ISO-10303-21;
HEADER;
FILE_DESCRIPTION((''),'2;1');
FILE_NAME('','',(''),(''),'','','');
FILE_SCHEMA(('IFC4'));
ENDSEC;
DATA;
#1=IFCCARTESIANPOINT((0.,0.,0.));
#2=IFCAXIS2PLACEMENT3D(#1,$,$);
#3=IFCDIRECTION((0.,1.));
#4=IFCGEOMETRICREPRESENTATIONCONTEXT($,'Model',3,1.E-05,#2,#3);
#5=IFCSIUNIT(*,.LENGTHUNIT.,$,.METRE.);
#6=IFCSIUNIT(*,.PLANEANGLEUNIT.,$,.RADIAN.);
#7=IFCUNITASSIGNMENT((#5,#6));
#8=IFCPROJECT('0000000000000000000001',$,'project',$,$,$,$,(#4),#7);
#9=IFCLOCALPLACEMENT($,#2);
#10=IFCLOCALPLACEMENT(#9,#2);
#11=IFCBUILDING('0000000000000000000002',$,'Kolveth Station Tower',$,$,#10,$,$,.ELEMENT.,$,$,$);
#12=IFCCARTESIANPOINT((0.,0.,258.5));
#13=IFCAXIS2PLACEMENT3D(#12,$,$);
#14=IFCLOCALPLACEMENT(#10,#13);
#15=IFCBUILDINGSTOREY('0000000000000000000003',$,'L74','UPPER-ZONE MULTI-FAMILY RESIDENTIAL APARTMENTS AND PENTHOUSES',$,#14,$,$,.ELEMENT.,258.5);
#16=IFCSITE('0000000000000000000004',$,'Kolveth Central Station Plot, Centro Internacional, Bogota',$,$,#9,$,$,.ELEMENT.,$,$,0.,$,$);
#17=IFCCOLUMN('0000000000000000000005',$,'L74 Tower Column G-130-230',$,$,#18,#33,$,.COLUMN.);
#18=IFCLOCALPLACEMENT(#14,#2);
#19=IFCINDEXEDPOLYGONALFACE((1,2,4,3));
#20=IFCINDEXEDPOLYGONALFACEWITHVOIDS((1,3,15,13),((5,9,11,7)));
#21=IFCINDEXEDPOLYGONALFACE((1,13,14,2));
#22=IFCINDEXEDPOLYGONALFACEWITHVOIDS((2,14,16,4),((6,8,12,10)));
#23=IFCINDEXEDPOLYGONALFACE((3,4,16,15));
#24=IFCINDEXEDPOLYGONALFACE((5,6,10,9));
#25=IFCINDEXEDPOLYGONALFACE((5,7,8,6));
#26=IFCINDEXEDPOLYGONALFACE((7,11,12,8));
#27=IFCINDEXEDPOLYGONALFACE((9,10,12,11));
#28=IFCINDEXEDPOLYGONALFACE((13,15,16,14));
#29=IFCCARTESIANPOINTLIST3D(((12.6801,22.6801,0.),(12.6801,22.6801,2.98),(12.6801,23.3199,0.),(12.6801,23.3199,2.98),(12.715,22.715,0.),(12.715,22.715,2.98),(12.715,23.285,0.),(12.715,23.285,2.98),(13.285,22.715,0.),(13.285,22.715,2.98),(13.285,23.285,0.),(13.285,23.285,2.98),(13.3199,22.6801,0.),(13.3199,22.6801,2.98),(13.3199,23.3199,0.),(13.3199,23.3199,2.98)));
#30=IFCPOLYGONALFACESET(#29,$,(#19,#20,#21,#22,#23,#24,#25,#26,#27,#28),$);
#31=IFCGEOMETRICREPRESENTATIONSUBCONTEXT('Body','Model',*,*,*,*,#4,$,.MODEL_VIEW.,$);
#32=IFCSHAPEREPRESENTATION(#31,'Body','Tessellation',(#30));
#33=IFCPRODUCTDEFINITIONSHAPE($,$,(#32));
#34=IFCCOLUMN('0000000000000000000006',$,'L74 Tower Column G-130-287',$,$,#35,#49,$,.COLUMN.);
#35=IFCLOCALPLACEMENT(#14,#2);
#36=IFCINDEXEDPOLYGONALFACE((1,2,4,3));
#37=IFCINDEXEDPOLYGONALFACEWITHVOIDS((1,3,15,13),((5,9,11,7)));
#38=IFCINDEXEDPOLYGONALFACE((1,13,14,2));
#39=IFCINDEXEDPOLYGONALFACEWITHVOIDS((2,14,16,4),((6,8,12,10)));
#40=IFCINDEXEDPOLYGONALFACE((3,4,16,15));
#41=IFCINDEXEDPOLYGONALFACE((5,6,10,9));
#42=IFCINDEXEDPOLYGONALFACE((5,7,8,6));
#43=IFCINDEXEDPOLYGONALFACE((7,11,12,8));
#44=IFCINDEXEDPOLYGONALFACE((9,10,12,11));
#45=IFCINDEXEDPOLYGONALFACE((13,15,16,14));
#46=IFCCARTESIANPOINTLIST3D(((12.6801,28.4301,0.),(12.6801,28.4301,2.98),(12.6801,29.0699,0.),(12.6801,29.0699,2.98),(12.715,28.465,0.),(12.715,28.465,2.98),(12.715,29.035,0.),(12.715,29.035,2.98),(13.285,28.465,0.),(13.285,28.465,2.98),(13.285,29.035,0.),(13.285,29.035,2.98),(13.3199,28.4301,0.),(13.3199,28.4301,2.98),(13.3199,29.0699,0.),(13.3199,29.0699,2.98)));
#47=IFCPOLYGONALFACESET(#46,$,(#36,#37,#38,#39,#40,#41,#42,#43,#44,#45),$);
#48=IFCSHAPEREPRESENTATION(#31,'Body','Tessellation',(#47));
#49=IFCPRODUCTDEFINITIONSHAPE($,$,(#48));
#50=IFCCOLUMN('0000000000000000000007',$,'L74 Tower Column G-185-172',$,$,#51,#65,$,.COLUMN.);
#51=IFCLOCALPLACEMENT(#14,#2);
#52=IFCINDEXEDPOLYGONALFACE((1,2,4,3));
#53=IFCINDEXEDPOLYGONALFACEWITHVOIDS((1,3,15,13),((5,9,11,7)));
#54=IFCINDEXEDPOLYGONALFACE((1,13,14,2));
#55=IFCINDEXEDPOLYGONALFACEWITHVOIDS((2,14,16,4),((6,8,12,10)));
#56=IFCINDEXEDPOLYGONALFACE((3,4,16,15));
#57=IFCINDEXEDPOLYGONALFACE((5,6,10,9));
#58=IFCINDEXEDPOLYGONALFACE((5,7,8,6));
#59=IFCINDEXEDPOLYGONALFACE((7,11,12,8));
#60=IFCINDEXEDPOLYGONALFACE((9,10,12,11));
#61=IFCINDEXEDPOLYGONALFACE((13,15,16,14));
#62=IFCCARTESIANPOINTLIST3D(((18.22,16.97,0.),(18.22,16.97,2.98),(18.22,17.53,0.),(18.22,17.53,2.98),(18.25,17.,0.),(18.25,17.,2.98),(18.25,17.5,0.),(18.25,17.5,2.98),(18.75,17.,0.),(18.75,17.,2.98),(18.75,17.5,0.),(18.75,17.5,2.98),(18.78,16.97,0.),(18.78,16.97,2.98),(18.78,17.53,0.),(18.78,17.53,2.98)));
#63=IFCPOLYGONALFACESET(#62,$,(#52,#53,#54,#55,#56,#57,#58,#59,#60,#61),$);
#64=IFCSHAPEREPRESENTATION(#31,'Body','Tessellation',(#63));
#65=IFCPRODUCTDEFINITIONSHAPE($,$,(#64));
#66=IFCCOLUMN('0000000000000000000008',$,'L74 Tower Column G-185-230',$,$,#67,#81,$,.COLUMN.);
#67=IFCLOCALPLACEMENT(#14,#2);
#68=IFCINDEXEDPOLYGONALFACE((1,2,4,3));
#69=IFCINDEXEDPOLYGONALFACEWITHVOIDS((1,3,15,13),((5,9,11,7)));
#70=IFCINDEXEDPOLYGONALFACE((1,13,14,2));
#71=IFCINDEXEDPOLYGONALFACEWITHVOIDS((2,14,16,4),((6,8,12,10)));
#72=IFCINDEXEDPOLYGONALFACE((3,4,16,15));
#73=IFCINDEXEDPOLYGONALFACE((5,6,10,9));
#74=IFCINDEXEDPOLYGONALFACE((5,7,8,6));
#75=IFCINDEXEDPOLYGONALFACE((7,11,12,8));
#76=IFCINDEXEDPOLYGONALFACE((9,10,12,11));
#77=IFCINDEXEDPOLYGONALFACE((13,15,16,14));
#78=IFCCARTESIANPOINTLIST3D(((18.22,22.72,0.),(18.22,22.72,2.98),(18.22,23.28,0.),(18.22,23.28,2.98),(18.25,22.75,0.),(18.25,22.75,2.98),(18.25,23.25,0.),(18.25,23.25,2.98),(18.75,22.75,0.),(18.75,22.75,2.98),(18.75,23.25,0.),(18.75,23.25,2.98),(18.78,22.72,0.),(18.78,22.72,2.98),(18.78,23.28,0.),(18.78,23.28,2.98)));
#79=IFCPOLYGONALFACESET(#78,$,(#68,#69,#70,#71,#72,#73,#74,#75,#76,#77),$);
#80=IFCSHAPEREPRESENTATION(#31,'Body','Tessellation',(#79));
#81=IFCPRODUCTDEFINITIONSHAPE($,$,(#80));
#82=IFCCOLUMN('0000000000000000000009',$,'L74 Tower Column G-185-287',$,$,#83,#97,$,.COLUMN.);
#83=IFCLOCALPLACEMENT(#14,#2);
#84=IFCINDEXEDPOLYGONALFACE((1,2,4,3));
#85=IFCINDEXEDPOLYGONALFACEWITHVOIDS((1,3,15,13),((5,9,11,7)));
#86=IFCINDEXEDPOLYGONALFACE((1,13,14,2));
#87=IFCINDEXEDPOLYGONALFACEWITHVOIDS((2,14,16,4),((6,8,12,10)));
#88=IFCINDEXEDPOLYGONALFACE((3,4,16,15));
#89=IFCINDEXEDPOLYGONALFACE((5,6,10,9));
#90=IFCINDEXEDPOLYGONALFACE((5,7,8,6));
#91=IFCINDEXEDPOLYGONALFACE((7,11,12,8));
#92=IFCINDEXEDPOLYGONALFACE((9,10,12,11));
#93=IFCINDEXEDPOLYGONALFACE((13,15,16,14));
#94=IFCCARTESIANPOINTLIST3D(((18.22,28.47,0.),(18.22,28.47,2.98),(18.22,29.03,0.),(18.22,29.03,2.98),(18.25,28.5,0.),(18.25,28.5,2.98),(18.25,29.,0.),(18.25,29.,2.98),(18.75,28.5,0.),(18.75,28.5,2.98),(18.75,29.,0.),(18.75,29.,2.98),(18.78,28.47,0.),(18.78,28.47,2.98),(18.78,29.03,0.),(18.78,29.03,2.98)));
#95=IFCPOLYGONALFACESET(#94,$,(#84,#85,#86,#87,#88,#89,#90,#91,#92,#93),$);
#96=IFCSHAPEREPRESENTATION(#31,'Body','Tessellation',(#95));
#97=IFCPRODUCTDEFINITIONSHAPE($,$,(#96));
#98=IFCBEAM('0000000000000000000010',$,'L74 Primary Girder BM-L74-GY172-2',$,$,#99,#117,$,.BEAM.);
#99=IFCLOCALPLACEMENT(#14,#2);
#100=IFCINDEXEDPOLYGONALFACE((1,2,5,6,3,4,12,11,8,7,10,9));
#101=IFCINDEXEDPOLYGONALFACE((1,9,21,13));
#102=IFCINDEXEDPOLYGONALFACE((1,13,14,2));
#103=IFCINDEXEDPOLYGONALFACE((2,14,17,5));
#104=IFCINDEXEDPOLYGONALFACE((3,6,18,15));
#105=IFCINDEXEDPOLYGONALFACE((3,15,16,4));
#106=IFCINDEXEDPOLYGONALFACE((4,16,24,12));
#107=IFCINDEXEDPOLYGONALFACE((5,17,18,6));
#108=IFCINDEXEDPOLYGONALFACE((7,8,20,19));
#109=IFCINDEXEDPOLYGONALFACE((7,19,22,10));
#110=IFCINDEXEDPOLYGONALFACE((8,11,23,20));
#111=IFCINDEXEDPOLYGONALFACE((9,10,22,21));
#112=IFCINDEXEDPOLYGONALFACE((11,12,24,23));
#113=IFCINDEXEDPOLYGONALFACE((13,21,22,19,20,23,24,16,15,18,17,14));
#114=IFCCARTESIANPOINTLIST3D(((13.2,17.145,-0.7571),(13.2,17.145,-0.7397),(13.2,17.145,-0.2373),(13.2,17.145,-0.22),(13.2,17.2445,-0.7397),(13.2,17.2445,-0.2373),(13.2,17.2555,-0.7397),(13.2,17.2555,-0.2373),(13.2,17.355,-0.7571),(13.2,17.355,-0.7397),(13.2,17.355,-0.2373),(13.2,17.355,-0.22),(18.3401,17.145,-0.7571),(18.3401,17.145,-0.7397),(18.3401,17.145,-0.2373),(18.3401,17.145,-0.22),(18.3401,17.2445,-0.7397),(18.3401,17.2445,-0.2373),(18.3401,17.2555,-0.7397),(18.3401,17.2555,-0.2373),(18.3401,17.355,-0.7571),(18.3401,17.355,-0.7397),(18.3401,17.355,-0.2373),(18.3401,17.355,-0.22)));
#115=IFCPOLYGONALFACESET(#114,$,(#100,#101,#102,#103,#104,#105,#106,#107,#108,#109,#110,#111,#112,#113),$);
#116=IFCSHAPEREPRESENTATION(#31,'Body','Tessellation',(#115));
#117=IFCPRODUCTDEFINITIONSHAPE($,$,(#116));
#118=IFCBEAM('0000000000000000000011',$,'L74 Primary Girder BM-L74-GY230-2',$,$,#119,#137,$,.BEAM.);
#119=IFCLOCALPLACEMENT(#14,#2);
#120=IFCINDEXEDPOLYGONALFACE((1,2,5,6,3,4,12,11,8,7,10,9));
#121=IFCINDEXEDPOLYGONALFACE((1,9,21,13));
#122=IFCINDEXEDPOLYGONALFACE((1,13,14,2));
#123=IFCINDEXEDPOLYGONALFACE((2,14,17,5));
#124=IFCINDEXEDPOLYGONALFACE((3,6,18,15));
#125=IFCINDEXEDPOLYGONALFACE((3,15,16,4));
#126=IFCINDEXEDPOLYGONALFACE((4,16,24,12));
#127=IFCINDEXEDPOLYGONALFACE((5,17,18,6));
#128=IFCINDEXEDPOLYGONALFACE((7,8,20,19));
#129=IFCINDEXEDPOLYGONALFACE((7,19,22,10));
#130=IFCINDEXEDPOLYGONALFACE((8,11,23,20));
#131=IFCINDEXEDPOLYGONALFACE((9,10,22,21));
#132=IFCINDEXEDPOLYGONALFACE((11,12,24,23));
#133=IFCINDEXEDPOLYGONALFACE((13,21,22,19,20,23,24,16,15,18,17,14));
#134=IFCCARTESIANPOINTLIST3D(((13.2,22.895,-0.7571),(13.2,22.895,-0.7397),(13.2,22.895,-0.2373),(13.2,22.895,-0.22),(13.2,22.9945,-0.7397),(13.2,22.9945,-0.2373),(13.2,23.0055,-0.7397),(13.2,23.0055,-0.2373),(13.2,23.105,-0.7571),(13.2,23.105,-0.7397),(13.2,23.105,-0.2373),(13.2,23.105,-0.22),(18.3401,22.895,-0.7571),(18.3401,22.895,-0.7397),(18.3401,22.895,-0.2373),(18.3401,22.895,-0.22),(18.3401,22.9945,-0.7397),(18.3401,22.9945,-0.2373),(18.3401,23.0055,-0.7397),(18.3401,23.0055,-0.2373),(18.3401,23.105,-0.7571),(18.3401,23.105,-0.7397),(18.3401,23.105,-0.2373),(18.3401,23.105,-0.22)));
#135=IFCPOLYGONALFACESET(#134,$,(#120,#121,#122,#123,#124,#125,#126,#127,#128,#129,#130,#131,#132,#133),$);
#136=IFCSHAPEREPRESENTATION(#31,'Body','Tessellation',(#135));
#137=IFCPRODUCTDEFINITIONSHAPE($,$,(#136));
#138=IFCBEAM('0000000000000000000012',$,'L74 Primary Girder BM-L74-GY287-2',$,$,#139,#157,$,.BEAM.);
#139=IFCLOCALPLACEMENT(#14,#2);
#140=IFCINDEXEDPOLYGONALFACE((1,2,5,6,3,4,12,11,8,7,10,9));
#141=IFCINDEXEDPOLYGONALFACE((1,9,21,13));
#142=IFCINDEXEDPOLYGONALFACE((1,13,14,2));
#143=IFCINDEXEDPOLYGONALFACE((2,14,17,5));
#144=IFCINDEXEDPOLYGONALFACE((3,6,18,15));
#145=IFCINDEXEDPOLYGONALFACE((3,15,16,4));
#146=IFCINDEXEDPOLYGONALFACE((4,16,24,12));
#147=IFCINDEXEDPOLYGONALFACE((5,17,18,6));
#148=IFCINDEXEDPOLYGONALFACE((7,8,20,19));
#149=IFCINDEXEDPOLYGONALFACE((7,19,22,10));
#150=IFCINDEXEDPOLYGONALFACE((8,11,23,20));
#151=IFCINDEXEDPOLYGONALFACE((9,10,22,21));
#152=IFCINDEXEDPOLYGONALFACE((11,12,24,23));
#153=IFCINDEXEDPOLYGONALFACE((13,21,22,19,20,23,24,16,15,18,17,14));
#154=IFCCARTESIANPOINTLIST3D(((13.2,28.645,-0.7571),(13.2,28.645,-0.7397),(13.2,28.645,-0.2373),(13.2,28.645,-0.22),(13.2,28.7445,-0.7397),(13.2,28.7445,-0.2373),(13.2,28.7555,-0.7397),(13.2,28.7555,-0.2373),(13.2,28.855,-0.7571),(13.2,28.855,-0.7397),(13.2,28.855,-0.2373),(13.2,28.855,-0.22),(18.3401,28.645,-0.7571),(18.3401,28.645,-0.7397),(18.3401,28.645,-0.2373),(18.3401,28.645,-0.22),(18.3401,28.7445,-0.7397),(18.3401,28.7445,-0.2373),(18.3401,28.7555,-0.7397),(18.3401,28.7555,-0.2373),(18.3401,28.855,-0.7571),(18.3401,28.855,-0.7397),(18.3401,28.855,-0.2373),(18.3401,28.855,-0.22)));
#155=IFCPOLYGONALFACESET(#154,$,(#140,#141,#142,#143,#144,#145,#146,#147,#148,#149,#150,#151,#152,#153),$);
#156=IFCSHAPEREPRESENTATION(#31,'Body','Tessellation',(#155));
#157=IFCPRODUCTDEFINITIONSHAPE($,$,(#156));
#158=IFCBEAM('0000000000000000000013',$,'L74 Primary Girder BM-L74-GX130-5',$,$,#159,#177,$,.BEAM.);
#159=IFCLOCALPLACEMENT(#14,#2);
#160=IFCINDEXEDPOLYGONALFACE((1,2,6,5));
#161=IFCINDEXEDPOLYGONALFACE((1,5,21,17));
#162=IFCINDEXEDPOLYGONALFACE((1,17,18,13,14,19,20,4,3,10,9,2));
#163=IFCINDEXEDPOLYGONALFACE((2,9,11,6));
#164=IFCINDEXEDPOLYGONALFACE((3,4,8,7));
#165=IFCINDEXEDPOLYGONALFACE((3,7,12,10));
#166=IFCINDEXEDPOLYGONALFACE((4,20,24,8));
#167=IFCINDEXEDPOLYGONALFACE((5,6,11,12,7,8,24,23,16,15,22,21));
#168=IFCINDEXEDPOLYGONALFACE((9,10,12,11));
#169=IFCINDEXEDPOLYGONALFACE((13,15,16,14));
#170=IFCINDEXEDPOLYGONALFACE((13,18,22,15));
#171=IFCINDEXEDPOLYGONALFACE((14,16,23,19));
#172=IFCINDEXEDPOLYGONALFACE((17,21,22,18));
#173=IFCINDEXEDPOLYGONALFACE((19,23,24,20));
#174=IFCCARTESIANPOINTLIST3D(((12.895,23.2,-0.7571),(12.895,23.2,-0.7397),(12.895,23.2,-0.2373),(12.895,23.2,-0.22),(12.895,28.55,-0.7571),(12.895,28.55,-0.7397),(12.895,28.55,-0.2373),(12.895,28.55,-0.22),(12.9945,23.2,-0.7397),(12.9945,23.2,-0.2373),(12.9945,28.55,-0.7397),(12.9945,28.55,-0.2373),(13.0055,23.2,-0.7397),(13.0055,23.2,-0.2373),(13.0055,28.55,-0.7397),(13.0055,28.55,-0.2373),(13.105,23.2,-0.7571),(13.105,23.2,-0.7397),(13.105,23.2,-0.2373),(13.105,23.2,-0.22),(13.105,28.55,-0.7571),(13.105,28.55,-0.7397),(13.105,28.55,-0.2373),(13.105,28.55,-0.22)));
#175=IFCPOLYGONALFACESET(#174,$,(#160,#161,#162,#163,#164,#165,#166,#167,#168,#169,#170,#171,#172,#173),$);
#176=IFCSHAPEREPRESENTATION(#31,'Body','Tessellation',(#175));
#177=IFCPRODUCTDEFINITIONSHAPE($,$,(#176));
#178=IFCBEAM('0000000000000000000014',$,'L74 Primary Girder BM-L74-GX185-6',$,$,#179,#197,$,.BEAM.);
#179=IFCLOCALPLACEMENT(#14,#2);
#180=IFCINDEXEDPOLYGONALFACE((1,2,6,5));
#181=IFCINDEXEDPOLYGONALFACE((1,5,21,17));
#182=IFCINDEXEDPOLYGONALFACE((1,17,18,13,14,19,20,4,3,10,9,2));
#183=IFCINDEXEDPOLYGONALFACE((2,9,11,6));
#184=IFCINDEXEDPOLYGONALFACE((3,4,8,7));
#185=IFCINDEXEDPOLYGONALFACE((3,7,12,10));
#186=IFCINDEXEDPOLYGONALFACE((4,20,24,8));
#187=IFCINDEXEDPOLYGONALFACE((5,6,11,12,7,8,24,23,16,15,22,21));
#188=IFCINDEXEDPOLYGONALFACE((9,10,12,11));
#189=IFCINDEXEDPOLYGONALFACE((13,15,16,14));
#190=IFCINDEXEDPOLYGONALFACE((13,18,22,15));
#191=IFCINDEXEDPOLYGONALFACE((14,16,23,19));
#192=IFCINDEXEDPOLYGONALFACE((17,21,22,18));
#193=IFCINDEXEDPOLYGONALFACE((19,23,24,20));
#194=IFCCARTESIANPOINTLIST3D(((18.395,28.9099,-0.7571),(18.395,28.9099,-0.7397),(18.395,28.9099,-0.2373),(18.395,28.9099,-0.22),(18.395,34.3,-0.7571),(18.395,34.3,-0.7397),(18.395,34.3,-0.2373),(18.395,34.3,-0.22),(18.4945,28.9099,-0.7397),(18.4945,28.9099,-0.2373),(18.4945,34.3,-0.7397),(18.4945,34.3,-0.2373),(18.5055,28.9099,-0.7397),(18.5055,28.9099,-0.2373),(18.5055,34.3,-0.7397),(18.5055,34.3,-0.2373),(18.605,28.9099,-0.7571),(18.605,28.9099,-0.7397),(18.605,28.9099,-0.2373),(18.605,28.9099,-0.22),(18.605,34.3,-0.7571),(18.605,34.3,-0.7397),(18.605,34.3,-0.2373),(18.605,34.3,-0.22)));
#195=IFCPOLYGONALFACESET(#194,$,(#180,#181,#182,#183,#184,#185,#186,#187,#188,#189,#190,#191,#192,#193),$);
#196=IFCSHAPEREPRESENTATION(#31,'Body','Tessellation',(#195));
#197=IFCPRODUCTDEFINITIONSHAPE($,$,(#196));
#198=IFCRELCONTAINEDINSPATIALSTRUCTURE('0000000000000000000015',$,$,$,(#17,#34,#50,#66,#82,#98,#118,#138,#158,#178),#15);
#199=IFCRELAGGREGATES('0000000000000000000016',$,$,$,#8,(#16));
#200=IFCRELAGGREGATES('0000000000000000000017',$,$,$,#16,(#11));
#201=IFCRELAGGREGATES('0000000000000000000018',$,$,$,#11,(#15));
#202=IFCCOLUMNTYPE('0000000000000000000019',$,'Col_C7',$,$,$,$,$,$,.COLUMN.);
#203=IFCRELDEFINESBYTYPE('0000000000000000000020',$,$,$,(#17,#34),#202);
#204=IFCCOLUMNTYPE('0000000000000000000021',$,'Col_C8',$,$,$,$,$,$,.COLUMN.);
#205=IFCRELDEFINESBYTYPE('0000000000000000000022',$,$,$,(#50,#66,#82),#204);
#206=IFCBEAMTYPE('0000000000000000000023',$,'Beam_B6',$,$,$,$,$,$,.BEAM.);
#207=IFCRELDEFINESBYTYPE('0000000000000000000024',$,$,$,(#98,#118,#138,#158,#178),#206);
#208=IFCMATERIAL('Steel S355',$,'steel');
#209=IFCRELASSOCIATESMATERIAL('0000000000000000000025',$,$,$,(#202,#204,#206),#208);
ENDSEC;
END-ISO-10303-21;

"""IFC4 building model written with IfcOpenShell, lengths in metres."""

from ifc_helpers import new_model, si_unit, direction, frame, origin, origin_2d, place, context, subcontext, project, spatial, hollow_rectangle, i_section, extrude, source, transform, mapped, material, material_profile, profile_set, type_object, element, save


model = new_model("IFC4")

# Units and contexts
model_context = context("Model", 3, precision=1e-05, world=origin(), true_north=direction((0.0, 1.0)))
body_context = subcontext(model_context, "Body", "Model", "MODEL_VIEW")
ifc_project = project(units=[si_unit("LENGTHUNIT", "METRE"), si_unit("PLANEANGLEUNIT", "RADIAN")], contexts=[model_context])

# Site, building, storey
site_placement = place(None, origin())
site = spatial("IfcSite", under=ifc_project, at=site_placement, Name="Kolveth Central Station Plot, Centro Internacional, Bogota", CompositionType="ELEMENT", RefElevation=0.0)
building_placement = place(site_placement, origin())
building = spatial("IfcBuilding", under=site, at=building_placement, Name="Kolveth Station Tower", CompositionType="ELEMENT")
storey_placement = place(building_placement, frame((0.0, 0.0, 258.5)))
storey = spatial("IfcBuildingStorey", under=building, at=storey_placement, Name="L74", Description="UPPER-ZONE MULTI-FAMILY RESIDENTIAL APARTMENTS AND PENTHOUSES", CompositionType="ELEMENT", Elevation=258.5)

# Columns
ifc_material_1 = material(Name="Steel S355", Category="steel")
ifc_material_profile_1 = material_profile(ifc_material_1, hollow_rectangle(XDim=0.6399, YDim=0.6399, WallThickness=0.0349, at=origin_2d()), Name="BOX640x640x35")
ifc_profile_set_1 = profile_set([ifc_material_profile_1], Name="Steel S355")
column_type_1 = type_object("IfcColumnType", Name="Col_C7", PredefinedType="COLUMN", material=ifc_profile_set_1)
shared_shape_1 = source(origin(), body_context, "Body", "SweptSolid", [
    extrude(hollow_rectangle(XDim=0.6399, YDim=0.6399, WallThickness=0.0349, at=origin_2d()), origin(), (0.0, 0.0, 1.0), 2.98),
])
for number, where, z_axis, x_axis, name in (
    (1, (13.0, 23.0, 0.0), (0.0, 0.0, 1.0), (1.0, 0.0, 0.0), "L74 Tower Column G-130-230"),
    (2, (13.0, 28.75, 0.0), (0.0, 0.0, 1.0), (1.0, 0.0, 0.0), "L74 Tower Column G-130-287"),
):
    element("IfcColumn", number, at=place(storey_placement, frame(where, z_axis=z_axis, x_axis=x_axis)), inside=storey, type_object=column_type_1, Name=name, PredefinedType="COLUMN", context=body_context, shape_type="MappedRepresentation", body=[
        mapped(shared_shape_1, transform((0.0, 0.0, 0.0), x_axis=(1.0, 0.0, 0.0), y_axis=(0.0, 1.0, 0.0), z_axis=(0.0, 0.0, 1.0), scale=1.0)),
    ])
ifc_material_profile_2 = material_profile(ifc_material_1, hollow_rectangle(XDim=0.5601, YDim=0.5601, WallThickness=0.03, at=origin_2d()), Name="BOX560x560x30")
ifc_profile_set_2 = profile_set([ifc_material_profile_2], Name="Steel S355")
column_type_2 = type_object("IfcColumnType", Name="Col_C8", PredefinedType="COLUMN", material=ifc_profile_set_2)
shared_shape_2 = source(origin(), body_context, "Body", "SweptSolid", [
    extrude(hollow_rectangle(XDim=0.5601, YDim=0.5601, WallThickness=0.03, at=origin_2d()), origin(), (0.0, 0.0, 1.0), 2.98),
])
for number, where, z_axis, x_axis, name in (
    (3, (18.5, 17.25, 0.0), (0.0, 0.0, 1.0), (1.0, 0.0, 0.0), "L74 Tower Column G-185-172"),
    (4, (18.5, 23.0, 0.0), (0.0, 0.0, 1.0), (1.0, 0.0, 0.0), "L74 Tower Column G-185-230"),
    (5, (18.5, 28.75, 0.0), (0.0, 0.0, 1.0), (1.0, 0.0, 0.0), "L74 Tower Column G-185-287"),
):
    element("IfcColumn", number, at=place(storey_placement, frame(where, z_axis=z_axis, x_axis=x_axis)), inside=storey, type_object=column_type_2, Name=name, PredefinedType="COLUMN", context=body_context, shape_type="MappedRepresentation", body=[
        mapped(shared_shape_2, transform((0.0, 0.0, 0.0), x_axis=(1.0, 0.0, 0.0), y_axis=(0.0, 1.0, 0.0), z_axis=(0.0, 0.0, 1.0), scale=1.0)),
    ])

# Beams
ifc_material_profile_3 = material_profile(ifc_material_1, i_section(OverallWidth=0.21, OverallDepth=0.5371, WebThickness=0.011, FlangeThickness=0.0173, at=origin_2d()), Name="W530x101")
ifc_profile_set_3 = profile_set([ifc_material_profile_3], Name="Steel S355")
beam_type_1 = type_object("IfcBeamType", Name="Beam_B6", PredefinedType="BEAM", material=ifc_profile_set_3)
shared_shape_3 = source(origin(), body_context, "Body", "SweptSolid", [
    extrude(i_section(OverallWidth=0.21, OverallDepth=0.5371, WebThickness=0.011, FlangeThickness=0.0173, at=origin_2d()), origin(), (0.0, 0.0, 1.0), 5.1401),
])
for number, where, z_axis, x_axis, name in (
    (6, (13.2, 17.25, -0.4885), (1.0, 0.0, 0.0), (0.0, 1.0, 0.0), "L74 Primary Girder BM-L74-GY172-2"),
    (7, (13.2, 23.0, -0.4885), (1.0, 0.0, 0.0), (0.0, 1.0, 0.0), "L74 Primary Girder BM-L74-GY230-2"),
    (8, (13.2, 28.75, -0.4885), (1.0, 0.0, 0.0), (0.0, 1.0, 0.0), "L74 Primary Girder BM-L74-GY287-2"),
):
    element("IfcBeam", number, at=place(storey_placement, frame(where, z_axis=z_axis, x_axis=x_axis)), inside=storey, type_object=beam_type_1, Name=name, PredefinedType="BEAM", context=body_context, shape_type="MappedRepresentation", body=[
        mapped(shared_shape_3, transform((0.0, 0.0, 0.0), x_axis=(1.0, 0.0, 0.0), y_axis=(0.0, 1.0, 0.0), z_axis=(0.0, 0.0, 1.0), scale=1.0)),
    ])
shared_shape_4 = source(origin(), body_context, "Body", "SweptSolid", [
    extrude(i_section(OverallWidth=0.21, OverallDepth=0.5371, WebThickness=0.011, FlangeThickness=0.0173, at=origin_2d()), origin(), (0.0, 0.0, 1.0), 5.3501),
])
beam_1_placement = place(storey_placement, frame((13.0, 23.2, -0.4885), z_axis=(0.0, 1.0, 0.0), x_axis=(-1.0, 0.0, 0.0)))
element("IfcBeam", 9, at=beam_1_placement, inside=storey, type_object=beam_type_1, Name="L74 Primary Girder BM-L74-GX130-5", PredefinedType="BEAM", context=body_context, shape_type="MappedRepresentation", body=[
    mapped(shared_shape_4, transform((0.0, 0.0, 0.0), x_axis=(1.0, 0.0, 0.0), y_axis=(0.0, 1.0, 0.0), z_axis=(0.0, 0.0, 1.0), scale=1.0)),
])
shared_shape_5 = source(origin(), body_context, "Body", "SweptSolid", [
    extrude(i_section(OverallWidth=0.21, OverallDepth=0.5371, WebThickness=0.011, FlangeThickness=0.0173, at=origin_2d()), origin(), (0.0, 0.0, 1.0), 5.3901),
])
beam_2_placement = place(storey_placement, frame((18.5, 28.9099, -0.4885), z_axis=(0.0, 1.0, 0.0), x_axis=(-1.0, 0.0, 0.0)))
element("IfcBeam", 10, at=beam_2_placement, inside=storey, type_object=beam_type_1, Name="L74 Primary Girder BM-L74-GX185-6", PredefinedType="BEAM", context=body_context, shape_type="MappedRepresentation", body=[
    mapped(shared_shape_5, transform((0.0, 0.0, 0.0), x_axis=(1.0, 0.0, 0.0), y_axis=(0.0, 1.0, 0.0), z_axis=(0.0, 0.0, 1.0), scale=1.0)),
])

save(model, "model.ifc")
